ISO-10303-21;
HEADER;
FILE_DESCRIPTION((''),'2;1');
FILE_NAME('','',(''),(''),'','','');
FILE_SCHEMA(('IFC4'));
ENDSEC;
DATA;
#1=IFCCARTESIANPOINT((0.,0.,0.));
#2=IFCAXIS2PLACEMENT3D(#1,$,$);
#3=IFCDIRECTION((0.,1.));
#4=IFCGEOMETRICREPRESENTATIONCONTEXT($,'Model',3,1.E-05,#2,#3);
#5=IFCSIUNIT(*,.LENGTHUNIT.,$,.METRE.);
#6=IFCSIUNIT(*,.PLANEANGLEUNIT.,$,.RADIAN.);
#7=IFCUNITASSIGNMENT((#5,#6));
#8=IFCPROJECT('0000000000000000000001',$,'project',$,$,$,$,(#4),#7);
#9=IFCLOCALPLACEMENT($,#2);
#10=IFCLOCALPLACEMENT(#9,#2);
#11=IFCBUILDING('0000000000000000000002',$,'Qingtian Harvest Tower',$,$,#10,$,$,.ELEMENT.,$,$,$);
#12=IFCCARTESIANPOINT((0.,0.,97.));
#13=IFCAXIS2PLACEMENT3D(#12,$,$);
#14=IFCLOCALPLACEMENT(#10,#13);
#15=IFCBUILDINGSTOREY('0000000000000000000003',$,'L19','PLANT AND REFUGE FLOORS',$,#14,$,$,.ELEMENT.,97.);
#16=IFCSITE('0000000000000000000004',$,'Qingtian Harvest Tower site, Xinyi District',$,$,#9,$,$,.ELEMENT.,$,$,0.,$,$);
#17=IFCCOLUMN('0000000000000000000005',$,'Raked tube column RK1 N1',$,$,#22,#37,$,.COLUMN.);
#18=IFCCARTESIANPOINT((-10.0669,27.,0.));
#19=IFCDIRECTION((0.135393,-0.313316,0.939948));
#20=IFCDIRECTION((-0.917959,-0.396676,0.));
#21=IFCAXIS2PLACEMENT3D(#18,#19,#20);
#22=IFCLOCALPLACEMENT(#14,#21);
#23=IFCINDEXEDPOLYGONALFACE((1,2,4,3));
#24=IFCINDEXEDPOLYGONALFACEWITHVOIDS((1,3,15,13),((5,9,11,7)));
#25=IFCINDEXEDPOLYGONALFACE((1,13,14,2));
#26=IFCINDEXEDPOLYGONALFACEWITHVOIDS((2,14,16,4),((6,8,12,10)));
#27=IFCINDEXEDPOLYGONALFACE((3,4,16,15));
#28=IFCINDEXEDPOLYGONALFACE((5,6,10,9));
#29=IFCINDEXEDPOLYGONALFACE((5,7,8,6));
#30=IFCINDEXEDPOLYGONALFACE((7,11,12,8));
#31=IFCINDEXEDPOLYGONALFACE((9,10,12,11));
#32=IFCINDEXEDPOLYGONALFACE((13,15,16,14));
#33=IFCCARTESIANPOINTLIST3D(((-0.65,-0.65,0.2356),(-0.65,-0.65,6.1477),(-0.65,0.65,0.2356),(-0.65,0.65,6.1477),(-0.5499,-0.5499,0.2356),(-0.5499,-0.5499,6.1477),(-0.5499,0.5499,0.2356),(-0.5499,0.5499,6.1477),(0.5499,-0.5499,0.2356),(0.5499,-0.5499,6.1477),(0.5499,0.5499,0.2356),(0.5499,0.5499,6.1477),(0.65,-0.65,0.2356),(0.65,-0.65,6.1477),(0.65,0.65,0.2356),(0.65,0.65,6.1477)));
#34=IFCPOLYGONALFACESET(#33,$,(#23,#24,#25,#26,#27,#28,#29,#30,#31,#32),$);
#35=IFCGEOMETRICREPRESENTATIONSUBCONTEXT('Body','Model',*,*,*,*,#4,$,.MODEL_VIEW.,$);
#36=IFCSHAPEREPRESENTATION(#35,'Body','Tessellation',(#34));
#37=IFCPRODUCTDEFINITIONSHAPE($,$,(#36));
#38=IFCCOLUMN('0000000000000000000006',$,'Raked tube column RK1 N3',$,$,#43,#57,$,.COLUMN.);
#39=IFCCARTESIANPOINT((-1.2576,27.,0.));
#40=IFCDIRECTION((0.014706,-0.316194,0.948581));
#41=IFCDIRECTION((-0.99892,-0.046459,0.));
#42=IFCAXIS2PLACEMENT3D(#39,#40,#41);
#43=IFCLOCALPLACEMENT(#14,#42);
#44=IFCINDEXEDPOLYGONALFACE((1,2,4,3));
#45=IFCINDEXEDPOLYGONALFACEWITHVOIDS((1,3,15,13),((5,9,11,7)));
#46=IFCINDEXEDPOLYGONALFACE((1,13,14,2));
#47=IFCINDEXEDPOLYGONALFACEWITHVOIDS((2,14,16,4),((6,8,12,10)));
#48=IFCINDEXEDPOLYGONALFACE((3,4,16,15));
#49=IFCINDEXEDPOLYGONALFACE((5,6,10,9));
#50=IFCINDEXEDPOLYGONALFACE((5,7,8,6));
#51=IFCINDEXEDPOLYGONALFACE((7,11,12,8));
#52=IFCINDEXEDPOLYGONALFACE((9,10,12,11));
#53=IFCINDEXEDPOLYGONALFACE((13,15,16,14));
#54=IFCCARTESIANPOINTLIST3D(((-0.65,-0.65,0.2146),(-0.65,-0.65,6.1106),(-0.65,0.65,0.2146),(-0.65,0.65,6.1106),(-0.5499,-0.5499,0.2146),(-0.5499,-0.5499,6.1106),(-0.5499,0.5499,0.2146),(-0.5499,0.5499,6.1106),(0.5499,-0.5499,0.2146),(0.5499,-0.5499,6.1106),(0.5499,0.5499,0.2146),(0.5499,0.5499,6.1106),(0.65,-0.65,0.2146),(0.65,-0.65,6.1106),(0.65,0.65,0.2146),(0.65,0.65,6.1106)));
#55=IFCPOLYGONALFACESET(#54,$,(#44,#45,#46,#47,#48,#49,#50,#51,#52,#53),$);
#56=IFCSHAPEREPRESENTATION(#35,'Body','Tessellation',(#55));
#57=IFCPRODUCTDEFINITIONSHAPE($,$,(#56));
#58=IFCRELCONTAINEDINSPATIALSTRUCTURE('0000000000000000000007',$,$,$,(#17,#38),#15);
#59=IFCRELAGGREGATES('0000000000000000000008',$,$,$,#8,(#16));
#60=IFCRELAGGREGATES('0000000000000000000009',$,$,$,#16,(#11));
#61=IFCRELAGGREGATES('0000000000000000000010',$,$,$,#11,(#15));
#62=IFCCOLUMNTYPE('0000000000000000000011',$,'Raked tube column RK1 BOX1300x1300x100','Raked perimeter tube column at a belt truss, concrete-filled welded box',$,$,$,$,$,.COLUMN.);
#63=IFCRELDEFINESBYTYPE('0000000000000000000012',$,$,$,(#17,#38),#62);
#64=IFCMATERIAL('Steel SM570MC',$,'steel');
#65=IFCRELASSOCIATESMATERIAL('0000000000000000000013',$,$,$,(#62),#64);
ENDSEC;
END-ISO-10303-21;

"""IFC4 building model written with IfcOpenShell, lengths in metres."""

from ifc_helpers import new_model, si_unit, direction, frame, origin, origin_2d, place, context, subcontext, project, spatial, hollow_rectangle, extrude, clip, halfspace, material, material_profile, profile_set, type_object, element, save


model = new_model("IFC4")

# Units and contexts
model_context = context("Model", 3, precision=1e-05, world=origin(), true_north=direction((0.0, 1.0)))
body_context = subcontext(model_context, "Body", "Model", "MODEL_VIEW")
ifc_project = project(units=[si_unit("LENGTHUNIT", "METRE"), si_unit("PLANEANGLEUNIT", "RADIAN")], contexts=[model_context])

# Site, building, storey
site_placement = place(None, origin())
site = spatial("IfcSite", under=ifc_project, at=site_placement, Name="Qingtian Harvest Tower site, Xinyi District", CompositionType="ELEMENT", RefElevation=0.0)
building_placement = place(site_placement, origin())
building = spatial("IfcBuilding", under=site, at=building_placement, Name="Qingtian Harvest Tower", CompositionType="ELEMENT")
storey_placement = place(building_placement, frame((0.0, 0.0, 97.0)))
storey = spatial("IfcBuildingStorey", under=building, at=storey_placement, Name="L19", Description="PLANT AND REFUGE FLOORS", CompositionType="ELEMENT", Elevation=97.0)

# Columns
ifc_material_1 = material(Name="Steel SM570MC", Category="steel")
ifc_material_profile_1 = material_profile(ifc_material_1, hollow_rectangle(XDim=1.3, YDim=1.3, WallThickness=0.1001, at=origin_2d()), Name="BOX1300x1300x100")
ifc_profile_set_1 = profile_set([ifc_material_profile_1], Name="Steel SM570MC")
column_type = type_object("IfcColumnType", Name="Raked tube column RK1 BOX1300x1300x100", Description="Raked perimeter tube column at a belt truss, concrete-filled welded box", PredefinedType="COLUMN", material=ifc_profile_set_1)
column_1_placement = place(storey_placement, frame((-10.0669, 27.0, 0.0), z_axis=(0.135393, -0.313316, 0.939948), x_axis=(-0.917959, -0.396676, 0.0)))
element("IfcColumn", 1, at=column_1_placement, inside=storey, type_object=column_type, Name="Raked tube column RK1 N1", PredefinedType="COLUMN", context=body_context, shape_type="Clipping", body=[
    clip(clip(extrude(hollow_rectangle(XDim=1.3, YDim=1.3, WallThickness=0.1001, at=origin_2d()), origin(), (0.0, 0.0, 1.0), 6.3833), halfspace(frame((0.0, 0.0, 0.2356), z_axis=(0.0, 0.0, -1.0), x_axis=(0.0, -1.0, 0.0)), False)), halfspace(frame((0.0, 0.0, 6.1477), z_axis=(0.0, 0.0, 1.0), x_axis=(0.0, 1.0, 0.0)), False)),
])
column_2_placement = place(storey_placement, frame((-1.2576, 27.0, 0.0), z_axis=(0.014706, -0.316194, 0.948581), x_axis=(-0.99892, -0.046459, 0.0)))
element("IfcColumn", 2, at=column_2_placement, inside=storey, type_object=column_type, Name="Raked tube column RK1 N3", PredefinedType="COLUMN", context=body_context, shape_type="Clipping", body=[
    clip(clip(extrude(hollow_rectangle(XDim=1.3, YDim=1.3, WallThickness=0.1001, at=origin_2d()), origin(), (0.0, 0.0, 1.0), 6.3252), halfspace(frame((0.0, 0.0, 0.2146), z_axis=(0.0, 0.0, -1.0), x_axis=(0.0, -1.0, 0.0)), False)), halfspace(frame((0.0, 0.0, 6.1106), z_axis=(0.0, 0.0, 1.0), x_axis=(0.0, 1.0, 0.0)), False)),
])

save(model, "model.ifc")
